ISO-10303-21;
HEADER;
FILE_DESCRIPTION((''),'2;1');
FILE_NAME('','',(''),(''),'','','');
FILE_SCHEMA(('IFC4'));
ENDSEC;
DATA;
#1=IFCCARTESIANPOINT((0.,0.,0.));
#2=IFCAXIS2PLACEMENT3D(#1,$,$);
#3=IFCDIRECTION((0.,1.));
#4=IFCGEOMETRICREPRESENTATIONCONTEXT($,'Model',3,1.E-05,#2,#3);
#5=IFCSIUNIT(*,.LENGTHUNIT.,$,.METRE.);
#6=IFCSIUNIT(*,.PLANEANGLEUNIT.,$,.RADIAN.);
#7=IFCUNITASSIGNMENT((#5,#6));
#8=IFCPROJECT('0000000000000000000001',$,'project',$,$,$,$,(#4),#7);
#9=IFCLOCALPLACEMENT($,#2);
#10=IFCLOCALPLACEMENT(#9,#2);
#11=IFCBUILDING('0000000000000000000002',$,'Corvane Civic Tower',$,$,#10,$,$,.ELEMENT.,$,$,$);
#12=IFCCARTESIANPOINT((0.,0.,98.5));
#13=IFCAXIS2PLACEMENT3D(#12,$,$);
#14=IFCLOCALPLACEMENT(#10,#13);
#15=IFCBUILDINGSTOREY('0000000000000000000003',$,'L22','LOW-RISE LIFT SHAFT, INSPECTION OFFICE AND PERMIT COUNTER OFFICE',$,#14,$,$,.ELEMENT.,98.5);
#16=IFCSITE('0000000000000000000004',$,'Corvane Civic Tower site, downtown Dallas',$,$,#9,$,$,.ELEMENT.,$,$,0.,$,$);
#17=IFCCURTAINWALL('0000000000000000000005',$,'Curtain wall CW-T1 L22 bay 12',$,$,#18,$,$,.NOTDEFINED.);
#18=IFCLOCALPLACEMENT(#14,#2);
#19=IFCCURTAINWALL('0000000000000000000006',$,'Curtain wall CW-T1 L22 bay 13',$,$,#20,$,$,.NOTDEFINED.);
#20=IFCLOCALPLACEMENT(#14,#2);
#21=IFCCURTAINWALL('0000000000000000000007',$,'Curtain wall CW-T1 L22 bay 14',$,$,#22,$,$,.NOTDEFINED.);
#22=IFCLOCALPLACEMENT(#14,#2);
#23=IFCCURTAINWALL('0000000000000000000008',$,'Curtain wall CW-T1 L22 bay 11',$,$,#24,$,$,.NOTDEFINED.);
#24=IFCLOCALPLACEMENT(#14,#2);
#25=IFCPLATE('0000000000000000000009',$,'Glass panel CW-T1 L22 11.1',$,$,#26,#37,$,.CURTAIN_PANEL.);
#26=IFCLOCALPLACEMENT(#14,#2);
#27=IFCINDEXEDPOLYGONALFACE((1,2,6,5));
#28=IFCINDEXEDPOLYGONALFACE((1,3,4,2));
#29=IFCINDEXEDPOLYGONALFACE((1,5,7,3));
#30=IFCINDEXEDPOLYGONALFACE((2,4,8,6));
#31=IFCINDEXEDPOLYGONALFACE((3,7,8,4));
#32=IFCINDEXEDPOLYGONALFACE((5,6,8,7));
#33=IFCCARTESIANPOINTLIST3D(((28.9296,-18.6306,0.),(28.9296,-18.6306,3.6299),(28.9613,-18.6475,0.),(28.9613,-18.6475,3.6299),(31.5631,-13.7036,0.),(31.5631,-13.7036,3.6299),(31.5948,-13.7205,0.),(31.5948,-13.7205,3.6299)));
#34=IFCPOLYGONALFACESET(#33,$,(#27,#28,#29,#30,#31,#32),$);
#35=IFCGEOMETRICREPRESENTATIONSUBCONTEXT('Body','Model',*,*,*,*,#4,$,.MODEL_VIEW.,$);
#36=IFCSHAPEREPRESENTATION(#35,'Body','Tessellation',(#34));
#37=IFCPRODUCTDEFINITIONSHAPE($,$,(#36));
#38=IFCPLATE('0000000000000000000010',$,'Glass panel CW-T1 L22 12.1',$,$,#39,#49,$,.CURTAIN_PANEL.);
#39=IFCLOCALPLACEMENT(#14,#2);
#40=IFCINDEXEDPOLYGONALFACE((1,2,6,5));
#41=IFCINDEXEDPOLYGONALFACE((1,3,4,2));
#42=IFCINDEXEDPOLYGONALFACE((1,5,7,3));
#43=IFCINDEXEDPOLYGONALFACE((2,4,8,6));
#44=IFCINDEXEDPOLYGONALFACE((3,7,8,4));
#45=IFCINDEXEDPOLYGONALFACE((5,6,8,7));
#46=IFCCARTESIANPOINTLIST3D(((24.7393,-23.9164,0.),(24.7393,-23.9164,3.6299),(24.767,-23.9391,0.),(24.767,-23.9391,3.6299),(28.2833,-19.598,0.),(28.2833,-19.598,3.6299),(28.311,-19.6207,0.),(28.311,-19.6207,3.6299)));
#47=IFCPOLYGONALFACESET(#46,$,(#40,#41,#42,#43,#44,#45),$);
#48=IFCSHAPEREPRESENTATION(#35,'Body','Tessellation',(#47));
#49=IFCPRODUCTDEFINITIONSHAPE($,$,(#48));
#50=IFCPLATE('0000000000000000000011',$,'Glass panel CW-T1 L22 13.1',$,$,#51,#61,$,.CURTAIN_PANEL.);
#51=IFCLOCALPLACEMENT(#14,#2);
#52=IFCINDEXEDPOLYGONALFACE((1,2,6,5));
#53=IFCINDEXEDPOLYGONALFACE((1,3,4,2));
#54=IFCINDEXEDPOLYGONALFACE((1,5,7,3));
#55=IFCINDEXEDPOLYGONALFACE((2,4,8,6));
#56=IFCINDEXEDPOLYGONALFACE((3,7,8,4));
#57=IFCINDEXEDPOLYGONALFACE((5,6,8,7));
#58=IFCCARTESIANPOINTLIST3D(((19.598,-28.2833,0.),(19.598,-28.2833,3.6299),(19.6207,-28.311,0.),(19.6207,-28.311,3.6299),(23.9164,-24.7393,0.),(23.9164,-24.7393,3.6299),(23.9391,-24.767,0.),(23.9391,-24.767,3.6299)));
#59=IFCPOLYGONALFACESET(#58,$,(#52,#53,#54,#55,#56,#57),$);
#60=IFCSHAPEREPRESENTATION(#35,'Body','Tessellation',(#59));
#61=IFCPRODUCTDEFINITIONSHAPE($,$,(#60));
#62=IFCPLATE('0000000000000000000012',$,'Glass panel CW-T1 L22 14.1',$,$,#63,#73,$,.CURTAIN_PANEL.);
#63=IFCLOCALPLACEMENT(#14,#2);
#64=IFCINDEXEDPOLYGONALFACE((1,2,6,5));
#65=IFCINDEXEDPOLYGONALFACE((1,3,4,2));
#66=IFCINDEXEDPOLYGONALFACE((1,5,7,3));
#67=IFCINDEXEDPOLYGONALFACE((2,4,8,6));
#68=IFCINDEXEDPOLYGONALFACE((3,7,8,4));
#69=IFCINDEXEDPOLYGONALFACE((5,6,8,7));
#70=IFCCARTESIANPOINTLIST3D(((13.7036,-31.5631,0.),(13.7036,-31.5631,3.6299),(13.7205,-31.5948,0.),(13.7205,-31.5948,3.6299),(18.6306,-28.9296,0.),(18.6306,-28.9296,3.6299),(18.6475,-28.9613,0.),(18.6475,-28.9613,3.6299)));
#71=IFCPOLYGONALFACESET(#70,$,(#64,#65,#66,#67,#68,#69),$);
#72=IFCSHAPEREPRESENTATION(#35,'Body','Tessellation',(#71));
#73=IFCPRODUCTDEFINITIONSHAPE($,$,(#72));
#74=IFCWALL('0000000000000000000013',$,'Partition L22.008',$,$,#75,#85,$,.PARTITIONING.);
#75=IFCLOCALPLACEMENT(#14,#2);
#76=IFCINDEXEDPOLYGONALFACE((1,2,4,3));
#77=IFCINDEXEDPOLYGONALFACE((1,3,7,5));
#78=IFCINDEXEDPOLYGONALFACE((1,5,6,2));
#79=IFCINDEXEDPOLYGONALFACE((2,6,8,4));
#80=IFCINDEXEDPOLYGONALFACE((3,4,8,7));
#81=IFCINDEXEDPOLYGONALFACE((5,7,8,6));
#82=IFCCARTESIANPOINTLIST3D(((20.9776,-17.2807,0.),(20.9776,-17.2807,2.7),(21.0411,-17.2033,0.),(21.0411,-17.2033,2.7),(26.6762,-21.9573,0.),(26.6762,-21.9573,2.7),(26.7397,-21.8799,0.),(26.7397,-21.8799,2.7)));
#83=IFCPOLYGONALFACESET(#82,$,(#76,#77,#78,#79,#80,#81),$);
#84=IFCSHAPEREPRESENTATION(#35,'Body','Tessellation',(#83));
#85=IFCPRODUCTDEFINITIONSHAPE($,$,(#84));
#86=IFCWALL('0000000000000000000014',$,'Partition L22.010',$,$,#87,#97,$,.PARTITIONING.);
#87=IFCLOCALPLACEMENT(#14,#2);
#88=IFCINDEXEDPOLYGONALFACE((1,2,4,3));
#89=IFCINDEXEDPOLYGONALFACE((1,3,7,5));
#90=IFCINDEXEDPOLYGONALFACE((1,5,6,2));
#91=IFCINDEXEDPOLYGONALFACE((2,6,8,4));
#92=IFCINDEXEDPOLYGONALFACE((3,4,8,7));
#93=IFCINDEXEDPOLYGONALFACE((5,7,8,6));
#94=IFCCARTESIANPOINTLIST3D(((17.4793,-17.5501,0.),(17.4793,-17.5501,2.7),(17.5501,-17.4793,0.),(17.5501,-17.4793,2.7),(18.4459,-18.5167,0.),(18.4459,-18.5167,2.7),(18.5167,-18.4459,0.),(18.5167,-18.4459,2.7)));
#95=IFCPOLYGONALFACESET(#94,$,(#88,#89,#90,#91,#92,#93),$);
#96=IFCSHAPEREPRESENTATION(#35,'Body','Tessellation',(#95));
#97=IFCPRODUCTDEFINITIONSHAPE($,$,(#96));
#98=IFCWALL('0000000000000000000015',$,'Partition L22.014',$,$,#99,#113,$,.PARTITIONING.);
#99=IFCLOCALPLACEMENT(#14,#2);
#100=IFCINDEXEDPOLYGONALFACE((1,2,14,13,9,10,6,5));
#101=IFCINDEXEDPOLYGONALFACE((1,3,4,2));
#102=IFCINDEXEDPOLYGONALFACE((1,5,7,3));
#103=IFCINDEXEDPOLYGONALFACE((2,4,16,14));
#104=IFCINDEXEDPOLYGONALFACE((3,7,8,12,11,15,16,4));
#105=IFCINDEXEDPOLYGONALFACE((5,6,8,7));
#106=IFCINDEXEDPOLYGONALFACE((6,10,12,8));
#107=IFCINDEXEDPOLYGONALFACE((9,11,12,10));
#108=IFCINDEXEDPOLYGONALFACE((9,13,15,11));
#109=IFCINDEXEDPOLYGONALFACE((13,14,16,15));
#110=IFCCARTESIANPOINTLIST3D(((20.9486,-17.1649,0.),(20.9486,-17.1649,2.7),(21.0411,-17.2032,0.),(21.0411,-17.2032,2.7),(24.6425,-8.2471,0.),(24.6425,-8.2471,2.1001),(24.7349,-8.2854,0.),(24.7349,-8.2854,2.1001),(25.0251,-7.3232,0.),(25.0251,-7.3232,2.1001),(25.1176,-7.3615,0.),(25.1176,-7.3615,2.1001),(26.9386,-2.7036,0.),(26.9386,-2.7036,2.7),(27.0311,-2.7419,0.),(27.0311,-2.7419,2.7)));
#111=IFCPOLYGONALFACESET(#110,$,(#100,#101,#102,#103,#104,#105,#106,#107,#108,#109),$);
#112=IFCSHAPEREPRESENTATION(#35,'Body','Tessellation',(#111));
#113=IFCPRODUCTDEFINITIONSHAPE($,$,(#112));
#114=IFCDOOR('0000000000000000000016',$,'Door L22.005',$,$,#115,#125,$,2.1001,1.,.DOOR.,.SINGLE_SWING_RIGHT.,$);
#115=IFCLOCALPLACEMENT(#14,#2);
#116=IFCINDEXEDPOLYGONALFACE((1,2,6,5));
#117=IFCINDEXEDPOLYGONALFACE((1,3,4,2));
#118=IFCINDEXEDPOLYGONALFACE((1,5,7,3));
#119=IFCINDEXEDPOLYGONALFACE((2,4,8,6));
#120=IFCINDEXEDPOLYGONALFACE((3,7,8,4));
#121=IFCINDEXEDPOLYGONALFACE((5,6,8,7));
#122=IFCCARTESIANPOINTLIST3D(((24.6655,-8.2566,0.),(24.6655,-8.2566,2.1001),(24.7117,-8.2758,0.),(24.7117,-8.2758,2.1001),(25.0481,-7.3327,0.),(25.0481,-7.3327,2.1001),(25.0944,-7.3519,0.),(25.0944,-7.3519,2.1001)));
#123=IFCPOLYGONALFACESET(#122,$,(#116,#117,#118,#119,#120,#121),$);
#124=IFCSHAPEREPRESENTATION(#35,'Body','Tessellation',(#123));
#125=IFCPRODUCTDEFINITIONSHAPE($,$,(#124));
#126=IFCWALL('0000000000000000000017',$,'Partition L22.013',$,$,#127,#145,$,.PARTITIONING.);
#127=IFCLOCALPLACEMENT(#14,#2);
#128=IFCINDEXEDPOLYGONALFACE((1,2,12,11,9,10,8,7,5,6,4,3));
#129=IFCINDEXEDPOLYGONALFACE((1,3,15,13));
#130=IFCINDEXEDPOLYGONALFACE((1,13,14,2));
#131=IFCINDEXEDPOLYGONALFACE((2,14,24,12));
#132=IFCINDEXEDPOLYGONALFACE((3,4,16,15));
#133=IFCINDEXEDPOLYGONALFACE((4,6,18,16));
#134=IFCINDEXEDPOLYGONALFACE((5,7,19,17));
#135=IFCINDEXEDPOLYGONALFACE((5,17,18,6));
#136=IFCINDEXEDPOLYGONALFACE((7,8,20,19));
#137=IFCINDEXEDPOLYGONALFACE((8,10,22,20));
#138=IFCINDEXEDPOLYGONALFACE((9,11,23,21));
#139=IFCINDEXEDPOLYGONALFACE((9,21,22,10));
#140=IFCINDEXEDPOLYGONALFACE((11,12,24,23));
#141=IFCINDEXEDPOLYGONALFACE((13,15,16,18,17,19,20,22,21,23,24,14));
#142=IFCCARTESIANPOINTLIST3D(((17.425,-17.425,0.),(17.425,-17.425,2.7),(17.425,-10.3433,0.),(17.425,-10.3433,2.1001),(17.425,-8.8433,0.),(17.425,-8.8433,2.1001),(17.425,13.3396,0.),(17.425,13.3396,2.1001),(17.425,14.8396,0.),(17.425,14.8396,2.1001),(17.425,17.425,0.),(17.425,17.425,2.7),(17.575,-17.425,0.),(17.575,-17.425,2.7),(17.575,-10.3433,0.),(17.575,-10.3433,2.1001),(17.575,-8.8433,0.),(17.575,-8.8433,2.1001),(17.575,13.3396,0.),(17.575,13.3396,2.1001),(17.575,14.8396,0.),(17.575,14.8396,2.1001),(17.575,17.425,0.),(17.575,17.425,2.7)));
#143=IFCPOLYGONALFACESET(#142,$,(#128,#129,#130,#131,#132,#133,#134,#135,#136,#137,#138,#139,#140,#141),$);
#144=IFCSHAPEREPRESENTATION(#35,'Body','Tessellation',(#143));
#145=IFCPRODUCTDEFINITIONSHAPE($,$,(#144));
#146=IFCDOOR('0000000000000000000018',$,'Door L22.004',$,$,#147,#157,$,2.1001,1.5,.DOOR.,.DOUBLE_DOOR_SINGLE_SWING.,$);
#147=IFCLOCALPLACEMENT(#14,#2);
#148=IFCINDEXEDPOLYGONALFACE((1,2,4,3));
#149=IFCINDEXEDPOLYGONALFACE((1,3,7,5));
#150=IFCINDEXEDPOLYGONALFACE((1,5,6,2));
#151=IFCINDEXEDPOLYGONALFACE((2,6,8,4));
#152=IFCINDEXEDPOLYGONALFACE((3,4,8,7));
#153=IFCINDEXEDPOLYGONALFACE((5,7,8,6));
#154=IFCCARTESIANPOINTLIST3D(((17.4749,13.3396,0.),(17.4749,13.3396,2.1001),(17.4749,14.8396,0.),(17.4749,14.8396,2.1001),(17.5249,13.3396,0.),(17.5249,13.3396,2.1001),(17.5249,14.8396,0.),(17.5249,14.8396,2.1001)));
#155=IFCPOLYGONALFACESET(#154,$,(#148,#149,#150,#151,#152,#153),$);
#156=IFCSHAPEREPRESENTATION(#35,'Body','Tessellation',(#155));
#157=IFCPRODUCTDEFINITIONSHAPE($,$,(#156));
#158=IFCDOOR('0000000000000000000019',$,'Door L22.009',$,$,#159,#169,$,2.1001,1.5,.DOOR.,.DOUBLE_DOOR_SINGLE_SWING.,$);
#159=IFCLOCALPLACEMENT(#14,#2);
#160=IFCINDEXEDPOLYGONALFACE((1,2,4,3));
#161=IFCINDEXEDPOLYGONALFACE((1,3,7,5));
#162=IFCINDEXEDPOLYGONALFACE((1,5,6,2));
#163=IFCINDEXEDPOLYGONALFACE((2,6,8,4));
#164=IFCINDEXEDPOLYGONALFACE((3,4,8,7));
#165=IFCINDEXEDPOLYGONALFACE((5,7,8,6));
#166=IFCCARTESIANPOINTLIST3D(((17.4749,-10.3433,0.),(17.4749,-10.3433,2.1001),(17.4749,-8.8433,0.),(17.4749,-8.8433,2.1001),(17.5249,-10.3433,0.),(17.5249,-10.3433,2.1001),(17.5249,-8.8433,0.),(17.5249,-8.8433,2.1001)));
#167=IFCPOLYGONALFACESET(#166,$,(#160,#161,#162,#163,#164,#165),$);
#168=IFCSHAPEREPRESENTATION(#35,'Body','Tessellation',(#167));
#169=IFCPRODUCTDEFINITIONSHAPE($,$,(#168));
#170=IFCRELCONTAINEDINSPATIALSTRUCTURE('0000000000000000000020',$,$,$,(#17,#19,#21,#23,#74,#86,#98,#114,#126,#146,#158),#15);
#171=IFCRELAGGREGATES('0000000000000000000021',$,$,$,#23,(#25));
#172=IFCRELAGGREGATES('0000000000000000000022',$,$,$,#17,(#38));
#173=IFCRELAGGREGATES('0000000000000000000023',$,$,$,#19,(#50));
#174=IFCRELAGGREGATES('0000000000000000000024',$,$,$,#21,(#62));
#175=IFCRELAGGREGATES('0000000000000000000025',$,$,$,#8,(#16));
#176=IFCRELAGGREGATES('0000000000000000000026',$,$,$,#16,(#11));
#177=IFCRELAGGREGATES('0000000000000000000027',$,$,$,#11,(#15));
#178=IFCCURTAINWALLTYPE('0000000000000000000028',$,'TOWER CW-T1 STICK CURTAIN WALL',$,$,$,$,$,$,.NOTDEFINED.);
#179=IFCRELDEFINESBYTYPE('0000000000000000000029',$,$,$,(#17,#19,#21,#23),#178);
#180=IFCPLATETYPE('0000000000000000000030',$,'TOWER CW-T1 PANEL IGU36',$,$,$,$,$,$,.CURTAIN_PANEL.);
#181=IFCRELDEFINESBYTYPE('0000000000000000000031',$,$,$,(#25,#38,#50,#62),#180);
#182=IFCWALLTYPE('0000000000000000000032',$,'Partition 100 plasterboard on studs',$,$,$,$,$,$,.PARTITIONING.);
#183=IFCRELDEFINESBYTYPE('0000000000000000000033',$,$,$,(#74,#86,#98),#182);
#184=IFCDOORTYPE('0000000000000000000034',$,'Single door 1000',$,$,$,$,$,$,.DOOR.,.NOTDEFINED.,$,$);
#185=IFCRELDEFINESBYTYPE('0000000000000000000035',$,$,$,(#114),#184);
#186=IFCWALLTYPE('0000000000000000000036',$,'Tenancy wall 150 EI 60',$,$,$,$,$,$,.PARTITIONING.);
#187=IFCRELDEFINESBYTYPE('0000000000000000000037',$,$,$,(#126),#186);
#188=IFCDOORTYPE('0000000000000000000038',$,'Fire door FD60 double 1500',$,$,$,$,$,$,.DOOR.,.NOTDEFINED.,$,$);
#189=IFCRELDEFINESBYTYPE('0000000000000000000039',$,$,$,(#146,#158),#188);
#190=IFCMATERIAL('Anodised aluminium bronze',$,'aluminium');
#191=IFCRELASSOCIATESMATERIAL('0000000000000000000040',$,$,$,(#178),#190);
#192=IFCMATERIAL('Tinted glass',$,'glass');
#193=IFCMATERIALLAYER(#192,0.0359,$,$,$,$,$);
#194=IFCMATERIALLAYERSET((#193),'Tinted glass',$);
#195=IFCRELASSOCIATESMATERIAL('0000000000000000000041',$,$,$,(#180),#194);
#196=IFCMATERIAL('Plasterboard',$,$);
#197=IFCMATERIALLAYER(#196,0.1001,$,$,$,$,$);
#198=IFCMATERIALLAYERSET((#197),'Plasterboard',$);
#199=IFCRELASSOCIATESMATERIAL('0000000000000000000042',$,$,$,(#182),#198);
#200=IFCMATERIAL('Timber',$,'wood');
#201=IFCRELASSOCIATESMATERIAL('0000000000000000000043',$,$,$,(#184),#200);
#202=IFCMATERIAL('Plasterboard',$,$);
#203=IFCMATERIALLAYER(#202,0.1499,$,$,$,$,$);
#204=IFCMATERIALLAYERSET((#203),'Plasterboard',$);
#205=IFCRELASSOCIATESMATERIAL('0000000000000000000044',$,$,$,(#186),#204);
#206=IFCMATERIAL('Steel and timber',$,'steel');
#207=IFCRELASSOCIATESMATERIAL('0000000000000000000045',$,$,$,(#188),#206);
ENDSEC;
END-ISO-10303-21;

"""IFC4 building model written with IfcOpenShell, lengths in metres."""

from ifc_helpers import new_model, si_unit, direction, frame, frame_2d, origin, origin_2d, place, context, subcontext, project, spatial, rectangle, extrude, material, layer, layer_set, type_object, element, fill, aggregate, save


model = new_model("IFC4")

# Units and contexts
model_context = context("Model", 3, precision=1e-05, world=origin(), true_north=direction((0.0, 1.0)))
body_context = subcontext(model_context, "Body", "Model", "MODEL_VIEW")
ifc_project = project(units=[si_unit("LENGTHUNIT", "METRE"), si_unit("PLANEANGLEUNIT", "RADIAN")], contexts=[model_context])

# Site, building, storey
site_placement = place(None, origin())
site = spatial("IfcSite", under=ifc_project, at=site_placement, Name="Corvane Civic Tower site, downtown Dallas", CompositionType="ELEMENT", RefElevation=0.0)
building_placement = place(site_placement, origin())
building = spatial("IfcBuilding", under=site, at=building_placement, Name="Corvane Civic Tower", CompositionType="ELEMENT")
storey_placement = place(building_placement, frame((0.0, 0.0, 98.5)))
storey = spatial("IfcBuildingStorey", under=building, at=storey_placement, Name="L22", Description="LOW-RISE LIFT SHAFT, INSPECTION OFFICE AND PERMIT COUNTER OFFICE", CompositionType="ELEMENT", Elevation=98.5)

# Curtain walls
ifc_material_1 = material(Name="Anodised aluminium bronze", Category="aluminium")
curtain_wall_type = type_object("IfcCurtainWallType", Name="TOWER CW-T1 STICK CURTAIN WALL", PredefinedType="NOTDEFINED", material=ifc_material_1)
curtain_wall_1_placement = place(storey_placement, origin())
curtain_wall_1 = element("IfcCurtainWall", 1, at=curtain_wall_1_placement, inside=storey, type_object=curtain_wall_type, Name="Curtain wall CW-T1 L22 bay 12", PredefinedType="NOTDEFINED")
curtain_wall_2_placement = place(storey_placement, origin())
curtain_wall_2 = element("IfcCurtainWall", 2, at=curtain_wall_2_placement, inside=storey, type_object=curtain_wall_type, Name="Curtain wall CW-T1 L22 bay 13", PredefinedType="NOTDEFINED")
curtain_wall_3_placement = place(storey_placement, origin())
curtain_wall_3 = element("IfcCurtainWall", 3, at=curtain_wall_3_placement, inside=storey, type_object=curtain_wall_type, Name="Curtain wall CW-T1 L22 bay 14", PredefinedType="NOTDEFINED")

# Curtain wall, plate
curtain_wall_4_placement = place(storey_placement, origin())
curtain_wall_4 = element("IfcCurtainWall", 4, at=curtain_wall_4_placement, inside=storey, type_object=curtain_wall_type, Name="Curtain wall CW-T1 L22 bay 11", PredefinedType="NOTDEFINED")
ifc_material_2 = material(Name="Tinted glass", Category="glass")
ifc_layer_1 = layer(ifc_material_2, 0.0359)
ifc_layer_set_1 = layer_set([ifc_layer_1], Name="Tinted glass")
plate_type = type_object("IfcPlateType", Name="TOWER CW-T1 PANEL IGU36", PredefinedType="CURTAIN_PANEL", material=ifc_layer_set_1)
plate_1_placement = place(storey_placement, frame((30.2622, -16.1755, 0.0), z_axis=(0.0, 0.0, 1.0), x_axis=(-0.471392, -0.881924, 0.0)))
plate_1 = element("IfcPlate", 5, at=plate_1_placement, type_object=plate_type, Name="Glass panel CW-T1 L22 11.1", PredefinedType="CURTAIN_PANEL", context=body_context, shape_type="SweptSolid", body=[
    extrude(rectangle(XDim=5.5867, YDim=0.0359, at=origin_2d()), origin(), (0.0, 0.0, 1.0), 3.6299),
])
aggregate(curtain_wall_4, [plate_1])

# Plates
plate_2_placement = place(storey_placement, frame((26.5251, -21.7686, 0.0), z_axis=(0.0, 0.0, 1.0), x_axis=(-0.63439, -0.773013, 0.0)))
plate_2 = element("IfcPlate", 6, at=plate_2_placement, type_object=plate_type, Name="Glass panel CW-T1 L22 12.1", PredefinedType="CURTAIN_PANEL", context=body_context, shape_type="SweptSolid", body=[
    extrude(rectangle(XDim=5.5864, YDim=0.0359, at=origin_2d()), origin(), (0.0, 0.0, 1.0), 3.6299),
])
aggregate(curtain_wall_1, [plate_2])
plate_3_placement = place(storey_placement, frame((21.7686, -26.5251, 0.0), z_axis=(0.0, 0.0, 1.0), x_axis=(-0.773013, -0.63439, 0.0)))
plate_3 = element("IfcPlate", 7, at=plate_3_placement, type_object=plate_type, Name="Glass panel CW-T1 L22 13.1", PredefinedType="CURTAIN_PANEL", context=body_context, shape_type="SweptSolid", body=[
    extrude(rectangle(XDim=5.5864, YDim=0.0359, at=origin_2d()), origin(), (0.0, 0.0, 1.0), 3.6299),
])
aggregate(curtain_wall_2, [plate_3])
plate_4_placement = place(storey_placement, frame((16.1755, -30.2622, 0.0), z_axis=(0.0, 0.0, 1.0), x_axis=(-0.881924, -0.471392, 0.0)))
plate_4 = element("IfcPlate", 8, at=plate_4_placement, type_object=plate_type, Name="Glass panel CW-T1 L22 14.1", PredefinedType="CURTAIN_PANEL", context=body_context, shape_type="SweptSolid", body=[
    extrude(rectangle(XDim=5.5867, YDim=0.0359, at=origin_2d()), origin(), (0.0, 0.0, 1.0), 3.6299),
])
aggregate(curtain_wall_3, [plate_4])

# Walls
ifc_material_3 = material(Name="Plasterboard")
ifc_layer_2 = layer(ifc_material_3, 0.1001)
ifc_layer_set_2 = layer_set([ifc_layer_2], Name="Plasterboard")
wall_type_1 = type_object("IfcWallType", Name="Partition 100 plasterboard on studs", PredefinedType="PARTITIONING", material=ifc_layer_set_2)
wall_1_placement = place(storey_placement, frame((21.0093, -17.2419, 0.0), z_axis=(0.0, 0.0, 1.0), x_axis=(0.773018, -0.634384, 0.0)))
element("IfcWall", 9, at=wall_1_placement, inside=storey, type_object=wall_type_1, Name="Partition L22.008", PredefinedType="PARTITIONING", context=body_context, shape_type="SweptSolid", body=[
    extrude(rectangle(XDim=7.3718, YDim=0.1001, at=frame_2d((3.686, 0.0))), origin(), (0.0, 0.0, 1.0), 2.7),
])
wall_2_placement = place(storey_placement, frame((17.5146, -17.5146, 0.0), z_axis=(0.0, 0.0, 1.0), x_axis=(0.707107, -0.707107, 0.0)))
element("IfcWall", 10, at=wall_2_placement, inside=storey, type_object=wall_type_1, Name="Partition L22.010", PredefinedType="PARTITIONING", context=body_context, shape_type="SweptSolid", body=[
    extrude(rectangle(XDim=1.3669, YDim=0.1001, at=frame_2d((0.6836, 0.0))), origin(), (0.0, 0.0, 1.0), 2.7),
])

# Wall, opening, door
wall_3_placement = place(storey_placement, frame((20.9949, -17.1841, 0.0), z_axis=(0.0, 0.0, 1.0), x_axis=(0.382676, 0.923882, 0.0)))
wall_3 = element("IfcWall", 11, at=wall_3_placement, inside=storey, type_object=wall_type_1, Name="Partition L22.014", PredefinedType="PARTITIONING", context=body_context, shape_type="SweptSolid", body=[
    extrude(rectangle(XDim=15.6528, YDim=0.1001, at=frame_2d((7.8264, 0.0))), origin(), (0.0, 0.0, 1.0), 2.7),
])
opening_1_placement = place(wall_3_placement, frame((9.6526, 0.0, 0.0)))
opening_1 = element("IfcOpeningElement", 12, at=opening_1_placement, cuts=wall_3, PredefinedType="OPENING", context=body_context, shape_type="SweptSolid", body=[
    extrude(rectangle(XDim=1.0, YDim=2.1001, at=frame_2d((0.5, 1.05))), frame((0.0, 0.0601, 0.0), z_axis=(0.0, -1.0, 0.0), x_axis=(1.0, 0.0, 0.0)), (0.0, 0.0, 1.0), 0.1201),
])
ifc_material_4 = material(Name="Timber", Category="wood")
door_type_1 = type_object("IfcDoorType", Name="Single door 1000", OperationType="NOTDEFINED", PredefinedType="DOOR", material=ifc_material_4)
door_1_placement = place(opening_1_placement, frame((1.0, 0.0, 0.0), z_axis=(0.0, 0.0, 1.0), x_axis=(-1.0, 0.0, 0.0)))
door_1 = element("IfcDoor", 13, at=door_1_placement, inside=storey, type_object=door_type_1, Name="Door L22.005", OperationType="SINGLE_SWING_RIGHT", OverallHeight=2.1001, OverallWidth=1.0, PredefinedType="DOOR", context=body_context, shape_type="SweptSolid", body=[
    extrude(rectangle(XDim=1.0, YDim=2.1001, at=frame_2d((0.5, 1.05))), frame((0.0, 0.0249, 0.0), z_axis=(0.0, -1.0, 0.0), x_axis=(1.0, 0.0, 0.0)), (0.0, 0.0, 1.0), 0.05),
])
fill(opening_1, door_1)

# Wall, openings, doors
ifc_material_5 = material(Name="Plasterboard")
ifc_layer_3 = layer(ifc_material_5, 0.1499)
ifc_layer_set_3 = layer_set([ifc_layer_3], Name="Plasterboard")
wall_type_2 = type_object("IfcWallType", Name="Tenancy wall 150 EI 60", PredefinedType="PARTITIONING", material=ifc_layer_set_3)
wall_4_placement = place(storey_placement, frame((17.5, -17.425, 0.0), z_axis=(0.0, 0.0, 1.0), x_axis=(0.0, 1.0, 0.0)))
wall_4 = element("IfcWall", 14, at=wall_4_placement, inside=storey, type_object=wall_type_2, Name="Partition L22.013", PredefinedType="PARTITIONING", context=body_context, shape_type="SweptSolid", body=[
    extrude(rectangle(XDim=34.8501, YDim=0.1499, at=frame_2d((17.425, 0.0))), origin(), (0.0, 0.0, 1.0), 2.7),
])
opening_2_placement = place(wall_4_placement, frame((30.7646, 0.0, 0.0)))
opening_2 = element("IfcOpeningElement", 15, at=opening_2_placement, cuts=wall_4, PredefinedType="OPENING", context=body_context, shape_type="SweptSolid", body=[
    extrude(rectangle(XDim=1.5, YDim=2.1001, at=frame_2d((0.75, 1.05))), frame((0.0, 0.085, 0.0), z_axis=(0.0, -1.0, 0.0), x_axis=(1.0, 0.0, 0.0)), (0.0, 0.0, 1.0), 0.1699),
])
opening_3_placement = place(wall_4_placement, frame((7.0818, 0.0, 0.0)))
opening_3 = element("IfcOpeningElement", 16, at=opening_3_placement, cuts=wall_4, PredefinedType="OPENING", context=body_context, shape_type="SweptSolid", body=[
    extrude(rectangle(XDim=1.5, YDim=2.1001, at=frame_2d((0.75, 1.05))), frame((0.0, 0.085, 0.0), z_axis=(0.0, -1.0, 0.0), x_axis=(1.0, 0.0, 0.0)), (0.0, 0.0, 1.0), 0.1699),
])
ifc_material_6 = material(Name="Steel and timber", Category="steel")
door_type_2 = type_object("IfcDoorType", Name="Fire door FD60 double 1500", OperationType="NOTDEFINED", PredefinedType="DOOR", material=ifc_material_6)
door_2_placement = place(opening_2_placement, frame((1.5, 0.0, 0.0), z_axis=(0.0, 0.0, 1.0), x_axis=(-1.0, 0.0, 0.0)))
door_2 = element("IfcDoor", 17, at=door_2_placement, inside=storey, type_object=door_type_2, Name="Door L22.004", OperationType="DOUBLE_DOOR_SINGLE_SWING", OverallHeight=2.1001, OverallWidth=1.5, PredefinedType="DOOR", context=body_context, shape_type="SweptSolid", body=[
    extrude(rectangle(XDim=1.5, YDim=2.1001, at=frame_2d((0.75, 1.05))), frame((0.0, 0.0249, 0.0), z_axis=(0.0, -1.0, 0.0), x_axis=(1.0, 0.0, 0.0)), (0.0, 0.0, 1.0), 0.05),
])
fill(opening_2, door_2)
door_3_placement = place(opening_3_placement, frame((1.5, 0.0, 0.0), z_axis=(0.0, 0.0, 1.0), x_axis=(-1.0, 0.0, 0.0)))
door_3 = element("IfcDoor", 18, at=door_3_placement, inside=storey, type_object=door_type_2, Name="Door L22.009", OperationType="DOUBLE_DOOR_SINGLE_SWING", OverallHeight=2.1001, OverallWidth=1.5, PredefinedType="DOOR", context=body_context, shape_type="SweptSolid", body=[
    extrude(rectangle(XDim=1.5, YDim=2.1001, at=frame_2d((0.75, 1.05))), frame((0.0, 0.0249, 0.0), z_axis=(0.0, -1.0, 0.0), x_axis=(1.0, 0.0, 0.0)), (0.0, 0.0, 1.0), 0.05),
])
fill(opening_3, door_3)

save(model, "model.ifc")
